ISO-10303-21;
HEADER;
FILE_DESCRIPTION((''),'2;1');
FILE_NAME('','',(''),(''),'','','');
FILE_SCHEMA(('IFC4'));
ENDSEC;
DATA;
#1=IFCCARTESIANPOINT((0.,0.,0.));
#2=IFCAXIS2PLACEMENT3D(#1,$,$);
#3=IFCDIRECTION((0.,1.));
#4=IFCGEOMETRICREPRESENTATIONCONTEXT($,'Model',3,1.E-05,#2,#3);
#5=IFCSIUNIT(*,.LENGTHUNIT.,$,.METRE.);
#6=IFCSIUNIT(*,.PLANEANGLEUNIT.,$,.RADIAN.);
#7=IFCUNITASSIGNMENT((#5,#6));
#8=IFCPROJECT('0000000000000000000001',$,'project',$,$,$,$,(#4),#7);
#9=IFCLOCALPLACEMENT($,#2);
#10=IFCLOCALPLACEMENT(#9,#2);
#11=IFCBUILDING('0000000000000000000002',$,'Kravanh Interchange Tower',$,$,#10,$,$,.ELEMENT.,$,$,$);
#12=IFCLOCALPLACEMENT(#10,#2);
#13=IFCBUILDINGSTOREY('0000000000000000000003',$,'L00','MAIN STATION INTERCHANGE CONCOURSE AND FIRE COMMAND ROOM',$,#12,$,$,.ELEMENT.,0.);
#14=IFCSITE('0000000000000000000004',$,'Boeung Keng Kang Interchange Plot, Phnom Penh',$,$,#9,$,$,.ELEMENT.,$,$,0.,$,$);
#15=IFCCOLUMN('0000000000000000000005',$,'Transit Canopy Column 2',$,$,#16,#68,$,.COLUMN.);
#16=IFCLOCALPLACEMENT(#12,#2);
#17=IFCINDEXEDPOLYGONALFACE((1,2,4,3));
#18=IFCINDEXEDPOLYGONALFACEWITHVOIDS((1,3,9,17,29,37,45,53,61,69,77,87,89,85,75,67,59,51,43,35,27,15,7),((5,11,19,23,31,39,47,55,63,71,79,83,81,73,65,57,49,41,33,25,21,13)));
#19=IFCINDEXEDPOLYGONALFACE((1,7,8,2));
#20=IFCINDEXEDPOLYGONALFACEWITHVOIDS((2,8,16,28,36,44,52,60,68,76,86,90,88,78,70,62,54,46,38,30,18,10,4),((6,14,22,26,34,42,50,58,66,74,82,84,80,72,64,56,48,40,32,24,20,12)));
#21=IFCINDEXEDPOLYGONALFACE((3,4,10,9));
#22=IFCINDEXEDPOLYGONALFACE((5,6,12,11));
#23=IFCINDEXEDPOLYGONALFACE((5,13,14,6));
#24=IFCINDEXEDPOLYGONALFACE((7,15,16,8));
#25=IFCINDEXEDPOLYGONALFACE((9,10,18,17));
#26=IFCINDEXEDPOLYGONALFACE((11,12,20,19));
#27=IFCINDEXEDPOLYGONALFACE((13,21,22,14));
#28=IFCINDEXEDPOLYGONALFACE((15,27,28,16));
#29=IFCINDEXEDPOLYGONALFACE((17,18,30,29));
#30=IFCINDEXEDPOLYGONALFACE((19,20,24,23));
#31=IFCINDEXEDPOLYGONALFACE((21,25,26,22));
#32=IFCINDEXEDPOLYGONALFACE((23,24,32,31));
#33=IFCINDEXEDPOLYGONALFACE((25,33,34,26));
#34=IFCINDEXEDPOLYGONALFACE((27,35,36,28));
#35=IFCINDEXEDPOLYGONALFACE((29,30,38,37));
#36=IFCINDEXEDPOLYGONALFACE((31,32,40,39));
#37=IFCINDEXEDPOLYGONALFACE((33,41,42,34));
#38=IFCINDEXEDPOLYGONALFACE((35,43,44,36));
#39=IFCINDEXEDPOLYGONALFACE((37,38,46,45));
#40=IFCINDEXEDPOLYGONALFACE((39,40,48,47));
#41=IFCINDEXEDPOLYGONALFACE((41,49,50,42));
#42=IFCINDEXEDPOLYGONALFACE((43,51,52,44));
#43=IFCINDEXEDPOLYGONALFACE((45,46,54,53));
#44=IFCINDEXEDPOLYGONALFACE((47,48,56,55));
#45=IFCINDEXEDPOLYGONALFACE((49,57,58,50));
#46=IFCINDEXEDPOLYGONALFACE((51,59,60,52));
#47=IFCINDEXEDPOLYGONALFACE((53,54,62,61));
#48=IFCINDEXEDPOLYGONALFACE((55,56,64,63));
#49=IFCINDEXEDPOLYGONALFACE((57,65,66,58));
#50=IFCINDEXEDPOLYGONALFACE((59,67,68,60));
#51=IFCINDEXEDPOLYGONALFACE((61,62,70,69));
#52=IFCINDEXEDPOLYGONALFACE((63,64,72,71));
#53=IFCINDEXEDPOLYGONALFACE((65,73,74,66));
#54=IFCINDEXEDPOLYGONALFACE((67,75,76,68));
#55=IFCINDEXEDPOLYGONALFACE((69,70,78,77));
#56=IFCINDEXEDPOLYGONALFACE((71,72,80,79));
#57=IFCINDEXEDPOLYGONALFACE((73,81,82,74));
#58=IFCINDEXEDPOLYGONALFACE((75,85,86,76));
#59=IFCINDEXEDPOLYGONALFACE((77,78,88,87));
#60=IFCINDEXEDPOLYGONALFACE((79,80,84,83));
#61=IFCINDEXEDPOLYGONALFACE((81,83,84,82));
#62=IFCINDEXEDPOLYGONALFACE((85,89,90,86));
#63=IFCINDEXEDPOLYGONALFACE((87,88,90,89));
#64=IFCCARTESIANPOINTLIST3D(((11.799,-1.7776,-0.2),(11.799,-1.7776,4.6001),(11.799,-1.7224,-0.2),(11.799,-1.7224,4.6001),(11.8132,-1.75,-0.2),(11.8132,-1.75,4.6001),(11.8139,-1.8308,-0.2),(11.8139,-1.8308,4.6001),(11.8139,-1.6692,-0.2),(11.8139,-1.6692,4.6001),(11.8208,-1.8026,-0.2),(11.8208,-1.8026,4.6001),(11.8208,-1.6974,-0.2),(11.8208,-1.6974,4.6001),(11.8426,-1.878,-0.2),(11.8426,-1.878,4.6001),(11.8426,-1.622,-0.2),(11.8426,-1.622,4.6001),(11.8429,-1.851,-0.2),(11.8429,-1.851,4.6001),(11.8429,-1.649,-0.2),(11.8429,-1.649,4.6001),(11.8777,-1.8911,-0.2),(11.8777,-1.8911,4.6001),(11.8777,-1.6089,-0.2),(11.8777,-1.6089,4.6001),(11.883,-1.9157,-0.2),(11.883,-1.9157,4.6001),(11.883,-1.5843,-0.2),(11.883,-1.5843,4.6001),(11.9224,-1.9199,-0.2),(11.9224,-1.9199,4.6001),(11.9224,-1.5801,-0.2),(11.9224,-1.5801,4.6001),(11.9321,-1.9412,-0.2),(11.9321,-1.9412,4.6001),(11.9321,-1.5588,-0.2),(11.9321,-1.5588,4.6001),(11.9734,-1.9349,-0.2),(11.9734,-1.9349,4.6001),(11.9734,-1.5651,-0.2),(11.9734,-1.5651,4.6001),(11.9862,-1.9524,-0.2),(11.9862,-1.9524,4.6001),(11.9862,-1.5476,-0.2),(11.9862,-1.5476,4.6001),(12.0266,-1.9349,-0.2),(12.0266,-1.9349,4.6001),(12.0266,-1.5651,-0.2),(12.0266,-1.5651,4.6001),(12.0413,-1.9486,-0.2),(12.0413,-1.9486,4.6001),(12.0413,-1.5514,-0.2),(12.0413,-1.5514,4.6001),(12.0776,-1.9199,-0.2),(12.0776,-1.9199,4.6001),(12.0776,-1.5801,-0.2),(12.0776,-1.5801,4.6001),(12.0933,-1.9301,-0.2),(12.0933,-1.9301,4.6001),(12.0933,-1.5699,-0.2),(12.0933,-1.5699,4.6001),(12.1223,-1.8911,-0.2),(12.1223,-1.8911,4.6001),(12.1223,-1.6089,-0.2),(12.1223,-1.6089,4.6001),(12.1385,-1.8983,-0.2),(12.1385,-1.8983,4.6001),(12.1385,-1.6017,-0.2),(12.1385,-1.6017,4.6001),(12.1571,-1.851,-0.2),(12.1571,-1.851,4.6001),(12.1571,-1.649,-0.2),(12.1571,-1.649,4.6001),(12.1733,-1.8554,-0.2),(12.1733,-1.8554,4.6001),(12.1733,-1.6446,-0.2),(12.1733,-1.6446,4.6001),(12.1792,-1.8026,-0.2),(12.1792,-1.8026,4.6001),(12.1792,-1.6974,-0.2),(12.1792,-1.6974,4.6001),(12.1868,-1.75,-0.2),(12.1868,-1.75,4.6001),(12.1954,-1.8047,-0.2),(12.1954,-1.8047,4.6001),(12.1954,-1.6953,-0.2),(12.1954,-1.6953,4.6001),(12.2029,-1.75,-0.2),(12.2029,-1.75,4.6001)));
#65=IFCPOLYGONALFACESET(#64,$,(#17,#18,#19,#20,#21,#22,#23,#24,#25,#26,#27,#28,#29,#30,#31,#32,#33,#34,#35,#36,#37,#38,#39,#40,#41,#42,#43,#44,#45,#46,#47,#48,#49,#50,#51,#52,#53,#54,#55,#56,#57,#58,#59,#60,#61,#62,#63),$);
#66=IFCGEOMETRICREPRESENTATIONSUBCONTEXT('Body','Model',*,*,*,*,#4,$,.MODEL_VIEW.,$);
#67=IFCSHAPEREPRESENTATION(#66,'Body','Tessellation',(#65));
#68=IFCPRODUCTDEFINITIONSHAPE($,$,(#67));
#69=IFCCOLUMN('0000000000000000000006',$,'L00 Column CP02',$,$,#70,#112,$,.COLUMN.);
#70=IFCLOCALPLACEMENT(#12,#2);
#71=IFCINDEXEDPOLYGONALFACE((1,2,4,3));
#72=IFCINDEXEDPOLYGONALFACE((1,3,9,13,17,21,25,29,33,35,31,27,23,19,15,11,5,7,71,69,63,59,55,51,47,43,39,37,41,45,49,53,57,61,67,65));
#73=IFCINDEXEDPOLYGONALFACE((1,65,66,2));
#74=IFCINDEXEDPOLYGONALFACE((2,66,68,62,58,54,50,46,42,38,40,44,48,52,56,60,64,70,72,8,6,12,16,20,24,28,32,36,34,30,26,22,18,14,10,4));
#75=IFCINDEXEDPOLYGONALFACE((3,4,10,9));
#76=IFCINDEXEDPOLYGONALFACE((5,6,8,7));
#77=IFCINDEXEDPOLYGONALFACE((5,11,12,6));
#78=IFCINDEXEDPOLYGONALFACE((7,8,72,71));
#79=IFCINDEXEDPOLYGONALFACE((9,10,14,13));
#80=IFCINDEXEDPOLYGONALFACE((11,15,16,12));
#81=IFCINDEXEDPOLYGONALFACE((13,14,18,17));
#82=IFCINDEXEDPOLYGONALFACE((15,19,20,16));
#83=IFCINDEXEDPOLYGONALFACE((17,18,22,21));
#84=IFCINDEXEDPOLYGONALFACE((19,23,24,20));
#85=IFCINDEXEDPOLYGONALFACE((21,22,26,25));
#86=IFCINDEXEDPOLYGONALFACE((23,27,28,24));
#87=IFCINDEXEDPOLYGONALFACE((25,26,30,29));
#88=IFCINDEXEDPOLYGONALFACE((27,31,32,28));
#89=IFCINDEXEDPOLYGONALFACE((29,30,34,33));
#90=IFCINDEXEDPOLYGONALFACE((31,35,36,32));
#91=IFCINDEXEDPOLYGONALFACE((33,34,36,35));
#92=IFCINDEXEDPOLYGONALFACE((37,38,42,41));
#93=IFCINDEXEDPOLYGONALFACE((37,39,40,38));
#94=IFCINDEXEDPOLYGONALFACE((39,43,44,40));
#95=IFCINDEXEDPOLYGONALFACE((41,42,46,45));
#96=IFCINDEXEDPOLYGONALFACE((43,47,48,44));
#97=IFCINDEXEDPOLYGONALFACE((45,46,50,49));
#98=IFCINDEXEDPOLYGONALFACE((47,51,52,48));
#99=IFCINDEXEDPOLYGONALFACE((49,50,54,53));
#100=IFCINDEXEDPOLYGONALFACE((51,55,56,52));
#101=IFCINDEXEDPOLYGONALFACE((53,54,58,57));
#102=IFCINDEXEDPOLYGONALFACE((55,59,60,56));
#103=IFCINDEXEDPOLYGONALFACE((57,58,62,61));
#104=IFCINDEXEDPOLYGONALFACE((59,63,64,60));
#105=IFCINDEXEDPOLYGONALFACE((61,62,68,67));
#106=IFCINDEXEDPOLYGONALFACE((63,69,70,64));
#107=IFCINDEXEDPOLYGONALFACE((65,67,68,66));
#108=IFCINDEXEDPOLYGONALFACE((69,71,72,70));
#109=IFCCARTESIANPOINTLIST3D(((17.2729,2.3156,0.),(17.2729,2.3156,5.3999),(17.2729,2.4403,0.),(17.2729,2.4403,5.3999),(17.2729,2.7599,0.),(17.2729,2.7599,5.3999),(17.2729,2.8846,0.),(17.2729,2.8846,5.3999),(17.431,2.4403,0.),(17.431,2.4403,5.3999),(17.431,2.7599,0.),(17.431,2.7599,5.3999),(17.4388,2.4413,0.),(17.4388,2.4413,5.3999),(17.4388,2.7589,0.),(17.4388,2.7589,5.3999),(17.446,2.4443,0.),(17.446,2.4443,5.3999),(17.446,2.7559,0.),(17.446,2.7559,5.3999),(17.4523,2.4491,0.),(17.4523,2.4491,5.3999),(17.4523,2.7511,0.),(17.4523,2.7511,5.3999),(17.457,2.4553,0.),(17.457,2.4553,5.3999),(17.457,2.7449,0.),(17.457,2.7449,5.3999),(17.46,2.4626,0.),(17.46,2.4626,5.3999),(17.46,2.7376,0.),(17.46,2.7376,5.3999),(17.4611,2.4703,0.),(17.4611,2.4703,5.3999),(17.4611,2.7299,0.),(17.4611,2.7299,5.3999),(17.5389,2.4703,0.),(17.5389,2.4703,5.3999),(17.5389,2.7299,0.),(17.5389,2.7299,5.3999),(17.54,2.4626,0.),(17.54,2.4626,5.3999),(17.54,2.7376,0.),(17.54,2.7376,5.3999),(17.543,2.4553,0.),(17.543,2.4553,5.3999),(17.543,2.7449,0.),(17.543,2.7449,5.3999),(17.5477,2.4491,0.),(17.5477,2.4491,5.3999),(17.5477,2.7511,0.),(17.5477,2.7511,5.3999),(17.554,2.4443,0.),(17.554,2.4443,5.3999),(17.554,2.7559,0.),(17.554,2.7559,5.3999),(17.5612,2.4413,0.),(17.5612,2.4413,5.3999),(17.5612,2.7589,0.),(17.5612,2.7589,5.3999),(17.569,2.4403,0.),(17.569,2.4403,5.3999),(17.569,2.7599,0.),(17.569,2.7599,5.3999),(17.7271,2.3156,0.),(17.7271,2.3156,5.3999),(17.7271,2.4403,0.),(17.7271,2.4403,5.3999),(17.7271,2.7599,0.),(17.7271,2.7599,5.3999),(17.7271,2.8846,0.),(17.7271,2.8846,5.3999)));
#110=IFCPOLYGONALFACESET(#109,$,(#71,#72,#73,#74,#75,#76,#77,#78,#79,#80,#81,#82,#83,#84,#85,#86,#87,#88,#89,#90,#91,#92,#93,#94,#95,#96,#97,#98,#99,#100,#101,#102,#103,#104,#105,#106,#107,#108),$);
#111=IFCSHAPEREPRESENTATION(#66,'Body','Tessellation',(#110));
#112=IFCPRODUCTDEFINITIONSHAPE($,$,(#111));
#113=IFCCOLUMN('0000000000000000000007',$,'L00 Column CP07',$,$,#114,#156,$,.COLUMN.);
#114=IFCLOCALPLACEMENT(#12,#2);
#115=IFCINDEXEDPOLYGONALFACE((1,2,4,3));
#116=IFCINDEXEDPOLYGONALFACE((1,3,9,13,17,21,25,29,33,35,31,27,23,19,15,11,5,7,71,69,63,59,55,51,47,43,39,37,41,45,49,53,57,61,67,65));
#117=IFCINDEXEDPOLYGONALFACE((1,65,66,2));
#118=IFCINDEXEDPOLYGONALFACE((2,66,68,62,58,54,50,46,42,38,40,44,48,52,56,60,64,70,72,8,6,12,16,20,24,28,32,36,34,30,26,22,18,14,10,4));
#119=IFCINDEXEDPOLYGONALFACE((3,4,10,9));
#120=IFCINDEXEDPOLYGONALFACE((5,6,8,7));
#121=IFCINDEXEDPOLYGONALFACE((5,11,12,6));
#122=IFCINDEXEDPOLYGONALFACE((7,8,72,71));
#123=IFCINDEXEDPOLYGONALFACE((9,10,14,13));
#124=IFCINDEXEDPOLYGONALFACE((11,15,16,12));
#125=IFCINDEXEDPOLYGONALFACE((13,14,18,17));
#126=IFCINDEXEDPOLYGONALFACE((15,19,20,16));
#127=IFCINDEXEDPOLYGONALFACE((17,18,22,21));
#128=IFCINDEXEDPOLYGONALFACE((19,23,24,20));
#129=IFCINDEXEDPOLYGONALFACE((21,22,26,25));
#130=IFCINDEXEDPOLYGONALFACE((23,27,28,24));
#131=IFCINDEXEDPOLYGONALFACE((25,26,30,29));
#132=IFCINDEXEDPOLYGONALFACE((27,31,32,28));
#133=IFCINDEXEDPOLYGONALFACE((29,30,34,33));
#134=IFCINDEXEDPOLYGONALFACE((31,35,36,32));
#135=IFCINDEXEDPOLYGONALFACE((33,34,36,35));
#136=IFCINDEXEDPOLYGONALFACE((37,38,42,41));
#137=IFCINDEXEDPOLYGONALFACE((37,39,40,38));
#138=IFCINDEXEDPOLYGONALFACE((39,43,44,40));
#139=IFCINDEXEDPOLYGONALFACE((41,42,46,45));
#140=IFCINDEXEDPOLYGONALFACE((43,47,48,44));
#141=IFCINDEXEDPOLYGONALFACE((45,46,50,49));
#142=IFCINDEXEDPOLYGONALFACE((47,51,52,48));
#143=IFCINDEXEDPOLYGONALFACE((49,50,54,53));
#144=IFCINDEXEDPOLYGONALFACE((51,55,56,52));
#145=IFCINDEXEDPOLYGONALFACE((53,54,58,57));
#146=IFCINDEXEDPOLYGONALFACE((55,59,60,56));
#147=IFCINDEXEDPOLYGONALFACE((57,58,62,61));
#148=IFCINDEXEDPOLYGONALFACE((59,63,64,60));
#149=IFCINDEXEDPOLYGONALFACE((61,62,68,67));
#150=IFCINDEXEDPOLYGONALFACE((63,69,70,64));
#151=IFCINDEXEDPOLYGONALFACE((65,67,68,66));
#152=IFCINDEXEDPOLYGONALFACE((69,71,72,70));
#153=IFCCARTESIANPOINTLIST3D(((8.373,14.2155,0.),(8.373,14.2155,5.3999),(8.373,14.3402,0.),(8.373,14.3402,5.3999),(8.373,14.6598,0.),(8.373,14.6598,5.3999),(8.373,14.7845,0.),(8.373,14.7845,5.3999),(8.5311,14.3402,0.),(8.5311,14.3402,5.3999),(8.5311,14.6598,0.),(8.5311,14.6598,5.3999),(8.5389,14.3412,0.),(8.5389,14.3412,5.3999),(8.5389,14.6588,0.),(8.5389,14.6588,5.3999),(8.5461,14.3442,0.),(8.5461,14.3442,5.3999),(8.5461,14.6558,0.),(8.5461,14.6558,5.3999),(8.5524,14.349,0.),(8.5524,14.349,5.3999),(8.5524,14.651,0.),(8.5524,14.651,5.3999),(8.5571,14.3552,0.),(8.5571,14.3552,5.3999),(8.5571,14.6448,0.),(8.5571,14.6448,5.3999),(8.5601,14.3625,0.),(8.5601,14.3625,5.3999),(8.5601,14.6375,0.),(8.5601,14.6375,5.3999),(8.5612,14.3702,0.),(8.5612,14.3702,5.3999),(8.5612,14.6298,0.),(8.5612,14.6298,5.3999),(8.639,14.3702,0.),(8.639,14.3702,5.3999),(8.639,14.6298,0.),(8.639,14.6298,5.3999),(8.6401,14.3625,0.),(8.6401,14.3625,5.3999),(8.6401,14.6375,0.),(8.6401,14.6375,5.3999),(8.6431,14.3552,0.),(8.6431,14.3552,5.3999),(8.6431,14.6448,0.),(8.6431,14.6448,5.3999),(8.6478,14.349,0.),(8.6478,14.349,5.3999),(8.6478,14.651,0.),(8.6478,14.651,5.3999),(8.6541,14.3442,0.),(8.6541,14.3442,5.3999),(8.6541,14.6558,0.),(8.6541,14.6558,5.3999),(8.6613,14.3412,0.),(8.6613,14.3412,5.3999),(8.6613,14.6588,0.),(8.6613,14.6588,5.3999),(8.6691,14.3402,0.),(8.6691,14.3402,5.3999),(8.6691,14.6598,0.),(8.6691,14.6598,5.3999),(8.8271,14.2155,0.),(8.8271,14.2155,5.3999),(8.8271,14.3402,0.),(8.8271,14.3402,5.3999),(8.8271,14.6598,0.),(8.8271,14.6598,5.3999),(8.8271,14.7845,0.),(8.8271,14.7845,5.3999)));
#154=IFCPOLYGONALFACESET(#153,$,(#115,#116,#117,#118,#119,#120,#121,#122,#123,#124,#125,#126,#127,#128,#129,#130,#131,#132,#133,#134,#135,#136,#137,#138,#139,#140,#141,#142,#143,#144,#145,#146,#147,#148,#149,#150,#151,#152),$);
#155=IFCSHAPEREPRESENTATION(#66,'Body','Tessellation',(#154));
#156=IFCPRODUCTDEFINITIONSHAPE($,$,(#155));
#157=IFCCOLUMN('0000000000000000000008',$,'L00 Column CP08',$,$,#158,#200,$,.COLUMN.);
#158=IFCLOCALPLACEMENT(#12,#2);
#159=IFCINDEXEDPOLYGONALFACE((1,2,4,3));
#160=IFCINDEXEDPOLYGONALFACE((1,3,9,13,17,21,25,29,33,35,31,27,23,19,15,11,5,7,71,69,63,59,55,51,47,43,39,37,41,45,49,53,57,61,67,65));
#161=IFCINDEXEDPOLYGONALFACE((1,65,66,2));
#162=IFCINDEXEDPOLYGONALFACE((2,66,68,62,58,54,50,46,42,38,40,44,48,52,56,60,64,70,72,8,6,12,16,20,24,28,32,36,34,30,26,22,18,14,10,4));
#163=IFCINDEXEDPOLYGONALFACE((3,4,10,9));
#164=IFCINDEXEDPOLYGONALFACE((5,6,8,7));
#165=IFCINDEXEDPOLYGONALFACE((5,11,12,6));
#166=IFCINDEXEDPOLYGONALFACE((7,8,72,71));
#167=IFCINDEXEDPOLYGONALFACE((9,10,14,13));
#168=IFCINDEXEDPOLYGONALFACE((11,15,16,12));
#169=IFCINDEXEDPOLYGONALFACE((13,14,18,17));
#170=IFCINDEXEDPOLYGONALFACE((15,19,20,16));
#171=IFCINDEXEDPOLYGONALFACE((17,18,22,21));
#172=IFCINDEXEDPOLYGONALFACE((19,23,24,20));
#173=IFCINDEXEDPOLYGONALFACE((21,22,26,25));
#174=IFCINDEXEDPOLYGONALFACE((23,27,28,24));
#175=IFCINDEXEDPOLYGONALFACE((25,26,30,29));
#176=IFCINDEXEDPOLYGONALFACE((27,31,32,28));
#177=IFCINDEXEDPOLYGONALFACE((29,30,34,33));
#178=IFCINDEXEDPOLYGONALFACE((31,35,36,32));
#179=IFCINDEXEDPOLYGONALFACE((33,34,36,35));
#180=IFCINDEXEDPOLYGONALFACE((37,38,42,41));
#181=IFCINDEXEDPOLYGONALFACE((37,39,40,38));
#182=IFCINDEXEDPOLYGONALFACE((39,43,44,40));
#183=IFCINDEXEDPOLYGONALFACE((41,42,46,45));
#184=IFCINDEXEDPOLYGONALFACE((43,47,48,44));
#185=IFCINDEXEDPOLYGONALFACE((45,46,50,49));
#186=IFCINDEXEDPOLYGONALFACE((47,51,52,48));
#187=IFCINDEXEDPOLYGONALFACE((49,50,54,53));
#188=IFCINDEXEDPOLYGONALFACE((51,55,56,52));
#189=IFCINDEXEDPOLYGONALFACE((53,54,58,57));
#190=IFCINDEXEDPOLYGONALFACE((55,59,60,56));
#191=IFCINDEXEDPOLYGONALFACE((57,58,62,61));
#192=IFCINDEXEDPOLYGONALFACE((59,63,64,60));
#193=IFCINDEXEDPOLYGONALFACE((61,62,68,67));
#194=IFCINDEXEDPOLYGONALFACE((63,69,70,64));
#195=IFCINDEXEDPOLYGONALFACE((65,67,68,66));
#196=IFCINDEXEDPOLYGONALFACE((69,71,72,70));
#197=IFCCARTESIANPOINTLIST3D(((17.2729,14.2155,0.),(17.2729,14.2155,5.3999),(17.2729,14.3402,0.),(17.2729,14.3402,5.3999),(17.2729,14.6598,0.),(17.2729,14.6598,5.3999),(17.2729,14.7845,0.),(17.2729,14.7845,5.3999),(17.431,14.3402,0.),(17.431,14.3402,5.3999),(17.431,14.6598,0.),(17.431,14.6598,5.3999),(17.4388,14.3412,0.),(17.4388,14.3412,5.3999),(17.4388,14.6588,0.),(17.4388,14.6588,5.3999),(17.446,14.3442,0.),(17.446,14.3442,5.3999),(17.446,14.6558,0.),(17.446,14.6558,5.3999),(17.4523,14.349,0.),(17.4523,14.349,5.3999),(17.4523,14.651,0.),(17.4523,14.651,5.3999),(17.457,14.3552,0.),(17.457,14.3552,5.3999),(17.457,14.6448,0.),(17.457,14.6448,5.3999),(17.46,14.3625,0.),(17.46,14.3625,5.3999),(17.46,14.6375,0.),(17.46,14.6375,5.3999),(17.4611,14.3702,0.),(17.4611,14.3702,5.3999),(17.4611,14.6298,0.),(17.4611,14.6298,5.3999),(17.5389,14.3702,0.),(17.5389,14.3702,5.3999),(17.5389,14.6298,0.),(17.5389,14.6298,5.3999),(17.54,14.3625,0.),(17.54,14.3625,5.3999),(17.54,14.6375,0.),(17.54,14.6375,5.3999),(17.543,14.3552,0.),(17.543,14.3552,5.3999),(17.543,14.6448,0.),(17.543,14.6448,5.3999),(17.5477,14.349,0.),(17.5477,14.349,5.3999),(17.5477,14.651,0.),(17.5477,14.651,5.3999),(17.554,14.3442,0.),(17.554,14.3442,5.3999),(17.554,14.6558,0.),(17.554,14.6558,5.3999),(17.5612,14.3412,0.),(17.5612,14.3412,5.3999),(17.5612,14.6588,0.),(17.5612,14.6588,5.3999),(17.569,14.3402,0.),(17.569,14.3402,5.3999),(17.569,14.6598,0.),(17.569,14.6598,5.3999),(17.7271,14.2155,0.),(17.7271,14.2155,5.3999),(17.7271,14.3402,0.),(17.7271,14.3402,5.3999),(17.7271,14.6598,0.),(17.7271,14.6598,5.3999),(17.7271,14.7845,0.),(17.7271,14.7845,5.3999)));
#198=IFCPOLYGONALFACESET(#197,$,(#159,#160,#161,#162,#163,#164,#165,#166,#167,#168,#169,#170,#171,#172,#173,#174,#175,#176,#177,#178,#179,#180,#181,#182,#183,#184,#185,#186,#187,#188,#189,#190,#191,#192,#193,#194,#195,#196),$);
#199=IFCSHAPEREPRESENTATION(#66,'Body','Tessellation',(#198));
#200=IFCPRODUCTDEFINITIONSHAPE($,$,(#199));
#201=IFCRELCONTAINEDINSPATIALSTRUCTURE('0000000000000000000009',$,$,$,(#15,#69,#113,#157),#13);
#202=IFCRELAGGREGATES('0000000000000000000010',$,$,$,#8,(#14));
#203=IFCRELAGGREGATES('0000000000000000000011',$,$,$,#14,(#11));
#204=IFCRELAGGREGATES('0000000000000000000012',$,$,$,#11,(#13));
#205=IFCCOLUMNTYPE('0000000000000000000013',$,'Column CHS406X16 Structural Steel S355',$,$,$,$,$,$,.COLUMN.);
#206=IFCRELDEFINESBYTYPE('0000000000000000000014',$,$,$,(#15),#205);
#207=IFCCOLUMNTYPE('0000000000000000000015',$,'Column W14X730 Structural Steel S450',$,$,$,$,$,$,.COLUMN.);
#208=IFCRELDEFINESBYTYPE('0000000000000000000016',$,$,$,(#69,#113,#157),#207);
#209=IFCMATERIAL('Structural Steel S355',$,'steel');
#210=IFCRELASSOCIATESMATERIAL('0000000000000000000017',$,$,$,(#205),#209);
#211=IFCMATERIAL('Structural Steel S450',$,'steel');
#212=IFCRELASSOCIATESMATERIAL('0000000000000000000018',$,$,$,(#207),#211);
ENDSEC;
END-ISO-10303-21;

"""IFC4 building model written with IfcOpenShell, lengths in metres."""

from ifc_helpers import new_model, si_unit, direction, frame, origin, origin_2d, place, context, subcontext, project, spatial, hollow_circle, i_section, extrude, material, material_profile, profile_set, type_object, element, save


model = new_model("IFC4")

# Units and contexts
model_context = context("Model", 3, precision=1e-05, world=origin(), true_north=direction((0.0, 1.0)))
body_context = subcontext(model_context, "Body", "Model", "MODEL_VIEW")
ifc_project = project(units=[si_unit("LENGTHUNIT", "METRE"), si_unit("PLANEANGLEUNIT", "RADIAN")], contexts=[model_context])

# Site, building, storey
site_placement = place(None, origin())
site = spatial("IfcSite", under=ifc_project, at=site_placement, Name="Boeung Keng Kang Interchange Plot, Phnom Penh", CompositionType="ELEMENT", RefElevation=0.0)
building_placement = place(site_placement, origin())
building = spatial("IfcBuilding", under=site, at=building_placement, Name="Kravanh Interchange Tower", CompositionType="ELEMENT")
storey_placement = place(building_placement, origin())
storey = spatial("IfcBuildingStorey", under=building, at=storey_placement, Name="L00", Description="MAIN STATION INTERCHANGE CONCOURSE AND FIRE COMMAND ROOM", CompositionType="ELEMENT", Elevation=0.0)

# Columns
ifc_material_1 = material(Name="Structural Steel S355", Category="steel")
ifc_material_profile_1 = material_profile(ifc_material_1, hollow_circle(Radius=0.2029, WallThickness=0.0161, at=origin_2d()), Name="CHS406X16")
ifc_profile_set_1 = profile_set([ifc_material_profile_1], Name="Structural Steel S355")
column_type_1 = type_object("IfcColumnType", Name="Column CHS406X16 Structural Steel S355", PredefinedType="COLUMN", material=ifc_profile_set_1)
column_placement = place(storey_placement, frame((12.0, -1.75, -0.2), z_axis=(0.0, 0.0, 1.0), x_axis=(1.0, 0.0, 0.0)))
element("IfcColumn", 1, at=column_placement, inside=storey, type_object=column_type_1, Name="Transit Canopy Column 2", PredefinedType="COLUMN", context=body_context, shape_type="SweptSolid", body=[
    extrude(hollow_circle(Radius=0.2029, WallThickness=0.0161, at=origin_2d()), origin(), (0.0, 0.0, 1.0), 4.8),
])
ifc_material_2 = material(Name="Structural Steel S450", Category="steel")
ifc_material_profile_2 = material_profile(ifc_material_2, i_section(OverallWidth=0.4541, OverallDepth=0.5691, WebThickness=0.0779, FlangeThickness=0.1248, FilletRadius=0.03, at=origin_2d()), Name="W14X730")
ifc_profile_set_2 = profile_set([ifc_material_profile_2], Name="Structural Steel S450")
column_type_2 = type_object("IfcColumnType", Name="Column W14X730 Structural Steel S450", PredefinedType="COLUMN", material=ifc_profile_set_2)
for number, where, z_axis, x_axis, name in (
    (2, (17.5, 2.6001, 0.0), (0.0, 0.0, 1.0), (1.0, 0.0, 0.0), "L00 Column CP02"),
    (3, (8.6001, 14.5, 0.0), (0.0, 0.0, 1.0), (1.0, 0.0, 0.0), "L00 Column CP07"),
    (4, (17.5, 14.5, 0.0), (0.0, 0.0, 1.0), (1.0, 0.0, 0.0), "L00 Column CP08"),
):
    element("IfcColumn", number, at=place(storey_placement, frame(where, z_axis=z_axis, x_axis=x_axis)), inside=storey, type_object=column_type_2, Name=name, PredefinedType="COLUMN", context=body_context, shape_type="SweptSolid", body=[
        extrude(i_section(OverallWidth=0.4541, OverallDepth=0.5691, WebThickness=0.0779, FlangeThickness=0.1248, FilletRadius=0.03, at=origin_2d()), origin(), (0.0, 0.0, 1.0), 5.3999),
    ])

save(model, "model.ifc")
